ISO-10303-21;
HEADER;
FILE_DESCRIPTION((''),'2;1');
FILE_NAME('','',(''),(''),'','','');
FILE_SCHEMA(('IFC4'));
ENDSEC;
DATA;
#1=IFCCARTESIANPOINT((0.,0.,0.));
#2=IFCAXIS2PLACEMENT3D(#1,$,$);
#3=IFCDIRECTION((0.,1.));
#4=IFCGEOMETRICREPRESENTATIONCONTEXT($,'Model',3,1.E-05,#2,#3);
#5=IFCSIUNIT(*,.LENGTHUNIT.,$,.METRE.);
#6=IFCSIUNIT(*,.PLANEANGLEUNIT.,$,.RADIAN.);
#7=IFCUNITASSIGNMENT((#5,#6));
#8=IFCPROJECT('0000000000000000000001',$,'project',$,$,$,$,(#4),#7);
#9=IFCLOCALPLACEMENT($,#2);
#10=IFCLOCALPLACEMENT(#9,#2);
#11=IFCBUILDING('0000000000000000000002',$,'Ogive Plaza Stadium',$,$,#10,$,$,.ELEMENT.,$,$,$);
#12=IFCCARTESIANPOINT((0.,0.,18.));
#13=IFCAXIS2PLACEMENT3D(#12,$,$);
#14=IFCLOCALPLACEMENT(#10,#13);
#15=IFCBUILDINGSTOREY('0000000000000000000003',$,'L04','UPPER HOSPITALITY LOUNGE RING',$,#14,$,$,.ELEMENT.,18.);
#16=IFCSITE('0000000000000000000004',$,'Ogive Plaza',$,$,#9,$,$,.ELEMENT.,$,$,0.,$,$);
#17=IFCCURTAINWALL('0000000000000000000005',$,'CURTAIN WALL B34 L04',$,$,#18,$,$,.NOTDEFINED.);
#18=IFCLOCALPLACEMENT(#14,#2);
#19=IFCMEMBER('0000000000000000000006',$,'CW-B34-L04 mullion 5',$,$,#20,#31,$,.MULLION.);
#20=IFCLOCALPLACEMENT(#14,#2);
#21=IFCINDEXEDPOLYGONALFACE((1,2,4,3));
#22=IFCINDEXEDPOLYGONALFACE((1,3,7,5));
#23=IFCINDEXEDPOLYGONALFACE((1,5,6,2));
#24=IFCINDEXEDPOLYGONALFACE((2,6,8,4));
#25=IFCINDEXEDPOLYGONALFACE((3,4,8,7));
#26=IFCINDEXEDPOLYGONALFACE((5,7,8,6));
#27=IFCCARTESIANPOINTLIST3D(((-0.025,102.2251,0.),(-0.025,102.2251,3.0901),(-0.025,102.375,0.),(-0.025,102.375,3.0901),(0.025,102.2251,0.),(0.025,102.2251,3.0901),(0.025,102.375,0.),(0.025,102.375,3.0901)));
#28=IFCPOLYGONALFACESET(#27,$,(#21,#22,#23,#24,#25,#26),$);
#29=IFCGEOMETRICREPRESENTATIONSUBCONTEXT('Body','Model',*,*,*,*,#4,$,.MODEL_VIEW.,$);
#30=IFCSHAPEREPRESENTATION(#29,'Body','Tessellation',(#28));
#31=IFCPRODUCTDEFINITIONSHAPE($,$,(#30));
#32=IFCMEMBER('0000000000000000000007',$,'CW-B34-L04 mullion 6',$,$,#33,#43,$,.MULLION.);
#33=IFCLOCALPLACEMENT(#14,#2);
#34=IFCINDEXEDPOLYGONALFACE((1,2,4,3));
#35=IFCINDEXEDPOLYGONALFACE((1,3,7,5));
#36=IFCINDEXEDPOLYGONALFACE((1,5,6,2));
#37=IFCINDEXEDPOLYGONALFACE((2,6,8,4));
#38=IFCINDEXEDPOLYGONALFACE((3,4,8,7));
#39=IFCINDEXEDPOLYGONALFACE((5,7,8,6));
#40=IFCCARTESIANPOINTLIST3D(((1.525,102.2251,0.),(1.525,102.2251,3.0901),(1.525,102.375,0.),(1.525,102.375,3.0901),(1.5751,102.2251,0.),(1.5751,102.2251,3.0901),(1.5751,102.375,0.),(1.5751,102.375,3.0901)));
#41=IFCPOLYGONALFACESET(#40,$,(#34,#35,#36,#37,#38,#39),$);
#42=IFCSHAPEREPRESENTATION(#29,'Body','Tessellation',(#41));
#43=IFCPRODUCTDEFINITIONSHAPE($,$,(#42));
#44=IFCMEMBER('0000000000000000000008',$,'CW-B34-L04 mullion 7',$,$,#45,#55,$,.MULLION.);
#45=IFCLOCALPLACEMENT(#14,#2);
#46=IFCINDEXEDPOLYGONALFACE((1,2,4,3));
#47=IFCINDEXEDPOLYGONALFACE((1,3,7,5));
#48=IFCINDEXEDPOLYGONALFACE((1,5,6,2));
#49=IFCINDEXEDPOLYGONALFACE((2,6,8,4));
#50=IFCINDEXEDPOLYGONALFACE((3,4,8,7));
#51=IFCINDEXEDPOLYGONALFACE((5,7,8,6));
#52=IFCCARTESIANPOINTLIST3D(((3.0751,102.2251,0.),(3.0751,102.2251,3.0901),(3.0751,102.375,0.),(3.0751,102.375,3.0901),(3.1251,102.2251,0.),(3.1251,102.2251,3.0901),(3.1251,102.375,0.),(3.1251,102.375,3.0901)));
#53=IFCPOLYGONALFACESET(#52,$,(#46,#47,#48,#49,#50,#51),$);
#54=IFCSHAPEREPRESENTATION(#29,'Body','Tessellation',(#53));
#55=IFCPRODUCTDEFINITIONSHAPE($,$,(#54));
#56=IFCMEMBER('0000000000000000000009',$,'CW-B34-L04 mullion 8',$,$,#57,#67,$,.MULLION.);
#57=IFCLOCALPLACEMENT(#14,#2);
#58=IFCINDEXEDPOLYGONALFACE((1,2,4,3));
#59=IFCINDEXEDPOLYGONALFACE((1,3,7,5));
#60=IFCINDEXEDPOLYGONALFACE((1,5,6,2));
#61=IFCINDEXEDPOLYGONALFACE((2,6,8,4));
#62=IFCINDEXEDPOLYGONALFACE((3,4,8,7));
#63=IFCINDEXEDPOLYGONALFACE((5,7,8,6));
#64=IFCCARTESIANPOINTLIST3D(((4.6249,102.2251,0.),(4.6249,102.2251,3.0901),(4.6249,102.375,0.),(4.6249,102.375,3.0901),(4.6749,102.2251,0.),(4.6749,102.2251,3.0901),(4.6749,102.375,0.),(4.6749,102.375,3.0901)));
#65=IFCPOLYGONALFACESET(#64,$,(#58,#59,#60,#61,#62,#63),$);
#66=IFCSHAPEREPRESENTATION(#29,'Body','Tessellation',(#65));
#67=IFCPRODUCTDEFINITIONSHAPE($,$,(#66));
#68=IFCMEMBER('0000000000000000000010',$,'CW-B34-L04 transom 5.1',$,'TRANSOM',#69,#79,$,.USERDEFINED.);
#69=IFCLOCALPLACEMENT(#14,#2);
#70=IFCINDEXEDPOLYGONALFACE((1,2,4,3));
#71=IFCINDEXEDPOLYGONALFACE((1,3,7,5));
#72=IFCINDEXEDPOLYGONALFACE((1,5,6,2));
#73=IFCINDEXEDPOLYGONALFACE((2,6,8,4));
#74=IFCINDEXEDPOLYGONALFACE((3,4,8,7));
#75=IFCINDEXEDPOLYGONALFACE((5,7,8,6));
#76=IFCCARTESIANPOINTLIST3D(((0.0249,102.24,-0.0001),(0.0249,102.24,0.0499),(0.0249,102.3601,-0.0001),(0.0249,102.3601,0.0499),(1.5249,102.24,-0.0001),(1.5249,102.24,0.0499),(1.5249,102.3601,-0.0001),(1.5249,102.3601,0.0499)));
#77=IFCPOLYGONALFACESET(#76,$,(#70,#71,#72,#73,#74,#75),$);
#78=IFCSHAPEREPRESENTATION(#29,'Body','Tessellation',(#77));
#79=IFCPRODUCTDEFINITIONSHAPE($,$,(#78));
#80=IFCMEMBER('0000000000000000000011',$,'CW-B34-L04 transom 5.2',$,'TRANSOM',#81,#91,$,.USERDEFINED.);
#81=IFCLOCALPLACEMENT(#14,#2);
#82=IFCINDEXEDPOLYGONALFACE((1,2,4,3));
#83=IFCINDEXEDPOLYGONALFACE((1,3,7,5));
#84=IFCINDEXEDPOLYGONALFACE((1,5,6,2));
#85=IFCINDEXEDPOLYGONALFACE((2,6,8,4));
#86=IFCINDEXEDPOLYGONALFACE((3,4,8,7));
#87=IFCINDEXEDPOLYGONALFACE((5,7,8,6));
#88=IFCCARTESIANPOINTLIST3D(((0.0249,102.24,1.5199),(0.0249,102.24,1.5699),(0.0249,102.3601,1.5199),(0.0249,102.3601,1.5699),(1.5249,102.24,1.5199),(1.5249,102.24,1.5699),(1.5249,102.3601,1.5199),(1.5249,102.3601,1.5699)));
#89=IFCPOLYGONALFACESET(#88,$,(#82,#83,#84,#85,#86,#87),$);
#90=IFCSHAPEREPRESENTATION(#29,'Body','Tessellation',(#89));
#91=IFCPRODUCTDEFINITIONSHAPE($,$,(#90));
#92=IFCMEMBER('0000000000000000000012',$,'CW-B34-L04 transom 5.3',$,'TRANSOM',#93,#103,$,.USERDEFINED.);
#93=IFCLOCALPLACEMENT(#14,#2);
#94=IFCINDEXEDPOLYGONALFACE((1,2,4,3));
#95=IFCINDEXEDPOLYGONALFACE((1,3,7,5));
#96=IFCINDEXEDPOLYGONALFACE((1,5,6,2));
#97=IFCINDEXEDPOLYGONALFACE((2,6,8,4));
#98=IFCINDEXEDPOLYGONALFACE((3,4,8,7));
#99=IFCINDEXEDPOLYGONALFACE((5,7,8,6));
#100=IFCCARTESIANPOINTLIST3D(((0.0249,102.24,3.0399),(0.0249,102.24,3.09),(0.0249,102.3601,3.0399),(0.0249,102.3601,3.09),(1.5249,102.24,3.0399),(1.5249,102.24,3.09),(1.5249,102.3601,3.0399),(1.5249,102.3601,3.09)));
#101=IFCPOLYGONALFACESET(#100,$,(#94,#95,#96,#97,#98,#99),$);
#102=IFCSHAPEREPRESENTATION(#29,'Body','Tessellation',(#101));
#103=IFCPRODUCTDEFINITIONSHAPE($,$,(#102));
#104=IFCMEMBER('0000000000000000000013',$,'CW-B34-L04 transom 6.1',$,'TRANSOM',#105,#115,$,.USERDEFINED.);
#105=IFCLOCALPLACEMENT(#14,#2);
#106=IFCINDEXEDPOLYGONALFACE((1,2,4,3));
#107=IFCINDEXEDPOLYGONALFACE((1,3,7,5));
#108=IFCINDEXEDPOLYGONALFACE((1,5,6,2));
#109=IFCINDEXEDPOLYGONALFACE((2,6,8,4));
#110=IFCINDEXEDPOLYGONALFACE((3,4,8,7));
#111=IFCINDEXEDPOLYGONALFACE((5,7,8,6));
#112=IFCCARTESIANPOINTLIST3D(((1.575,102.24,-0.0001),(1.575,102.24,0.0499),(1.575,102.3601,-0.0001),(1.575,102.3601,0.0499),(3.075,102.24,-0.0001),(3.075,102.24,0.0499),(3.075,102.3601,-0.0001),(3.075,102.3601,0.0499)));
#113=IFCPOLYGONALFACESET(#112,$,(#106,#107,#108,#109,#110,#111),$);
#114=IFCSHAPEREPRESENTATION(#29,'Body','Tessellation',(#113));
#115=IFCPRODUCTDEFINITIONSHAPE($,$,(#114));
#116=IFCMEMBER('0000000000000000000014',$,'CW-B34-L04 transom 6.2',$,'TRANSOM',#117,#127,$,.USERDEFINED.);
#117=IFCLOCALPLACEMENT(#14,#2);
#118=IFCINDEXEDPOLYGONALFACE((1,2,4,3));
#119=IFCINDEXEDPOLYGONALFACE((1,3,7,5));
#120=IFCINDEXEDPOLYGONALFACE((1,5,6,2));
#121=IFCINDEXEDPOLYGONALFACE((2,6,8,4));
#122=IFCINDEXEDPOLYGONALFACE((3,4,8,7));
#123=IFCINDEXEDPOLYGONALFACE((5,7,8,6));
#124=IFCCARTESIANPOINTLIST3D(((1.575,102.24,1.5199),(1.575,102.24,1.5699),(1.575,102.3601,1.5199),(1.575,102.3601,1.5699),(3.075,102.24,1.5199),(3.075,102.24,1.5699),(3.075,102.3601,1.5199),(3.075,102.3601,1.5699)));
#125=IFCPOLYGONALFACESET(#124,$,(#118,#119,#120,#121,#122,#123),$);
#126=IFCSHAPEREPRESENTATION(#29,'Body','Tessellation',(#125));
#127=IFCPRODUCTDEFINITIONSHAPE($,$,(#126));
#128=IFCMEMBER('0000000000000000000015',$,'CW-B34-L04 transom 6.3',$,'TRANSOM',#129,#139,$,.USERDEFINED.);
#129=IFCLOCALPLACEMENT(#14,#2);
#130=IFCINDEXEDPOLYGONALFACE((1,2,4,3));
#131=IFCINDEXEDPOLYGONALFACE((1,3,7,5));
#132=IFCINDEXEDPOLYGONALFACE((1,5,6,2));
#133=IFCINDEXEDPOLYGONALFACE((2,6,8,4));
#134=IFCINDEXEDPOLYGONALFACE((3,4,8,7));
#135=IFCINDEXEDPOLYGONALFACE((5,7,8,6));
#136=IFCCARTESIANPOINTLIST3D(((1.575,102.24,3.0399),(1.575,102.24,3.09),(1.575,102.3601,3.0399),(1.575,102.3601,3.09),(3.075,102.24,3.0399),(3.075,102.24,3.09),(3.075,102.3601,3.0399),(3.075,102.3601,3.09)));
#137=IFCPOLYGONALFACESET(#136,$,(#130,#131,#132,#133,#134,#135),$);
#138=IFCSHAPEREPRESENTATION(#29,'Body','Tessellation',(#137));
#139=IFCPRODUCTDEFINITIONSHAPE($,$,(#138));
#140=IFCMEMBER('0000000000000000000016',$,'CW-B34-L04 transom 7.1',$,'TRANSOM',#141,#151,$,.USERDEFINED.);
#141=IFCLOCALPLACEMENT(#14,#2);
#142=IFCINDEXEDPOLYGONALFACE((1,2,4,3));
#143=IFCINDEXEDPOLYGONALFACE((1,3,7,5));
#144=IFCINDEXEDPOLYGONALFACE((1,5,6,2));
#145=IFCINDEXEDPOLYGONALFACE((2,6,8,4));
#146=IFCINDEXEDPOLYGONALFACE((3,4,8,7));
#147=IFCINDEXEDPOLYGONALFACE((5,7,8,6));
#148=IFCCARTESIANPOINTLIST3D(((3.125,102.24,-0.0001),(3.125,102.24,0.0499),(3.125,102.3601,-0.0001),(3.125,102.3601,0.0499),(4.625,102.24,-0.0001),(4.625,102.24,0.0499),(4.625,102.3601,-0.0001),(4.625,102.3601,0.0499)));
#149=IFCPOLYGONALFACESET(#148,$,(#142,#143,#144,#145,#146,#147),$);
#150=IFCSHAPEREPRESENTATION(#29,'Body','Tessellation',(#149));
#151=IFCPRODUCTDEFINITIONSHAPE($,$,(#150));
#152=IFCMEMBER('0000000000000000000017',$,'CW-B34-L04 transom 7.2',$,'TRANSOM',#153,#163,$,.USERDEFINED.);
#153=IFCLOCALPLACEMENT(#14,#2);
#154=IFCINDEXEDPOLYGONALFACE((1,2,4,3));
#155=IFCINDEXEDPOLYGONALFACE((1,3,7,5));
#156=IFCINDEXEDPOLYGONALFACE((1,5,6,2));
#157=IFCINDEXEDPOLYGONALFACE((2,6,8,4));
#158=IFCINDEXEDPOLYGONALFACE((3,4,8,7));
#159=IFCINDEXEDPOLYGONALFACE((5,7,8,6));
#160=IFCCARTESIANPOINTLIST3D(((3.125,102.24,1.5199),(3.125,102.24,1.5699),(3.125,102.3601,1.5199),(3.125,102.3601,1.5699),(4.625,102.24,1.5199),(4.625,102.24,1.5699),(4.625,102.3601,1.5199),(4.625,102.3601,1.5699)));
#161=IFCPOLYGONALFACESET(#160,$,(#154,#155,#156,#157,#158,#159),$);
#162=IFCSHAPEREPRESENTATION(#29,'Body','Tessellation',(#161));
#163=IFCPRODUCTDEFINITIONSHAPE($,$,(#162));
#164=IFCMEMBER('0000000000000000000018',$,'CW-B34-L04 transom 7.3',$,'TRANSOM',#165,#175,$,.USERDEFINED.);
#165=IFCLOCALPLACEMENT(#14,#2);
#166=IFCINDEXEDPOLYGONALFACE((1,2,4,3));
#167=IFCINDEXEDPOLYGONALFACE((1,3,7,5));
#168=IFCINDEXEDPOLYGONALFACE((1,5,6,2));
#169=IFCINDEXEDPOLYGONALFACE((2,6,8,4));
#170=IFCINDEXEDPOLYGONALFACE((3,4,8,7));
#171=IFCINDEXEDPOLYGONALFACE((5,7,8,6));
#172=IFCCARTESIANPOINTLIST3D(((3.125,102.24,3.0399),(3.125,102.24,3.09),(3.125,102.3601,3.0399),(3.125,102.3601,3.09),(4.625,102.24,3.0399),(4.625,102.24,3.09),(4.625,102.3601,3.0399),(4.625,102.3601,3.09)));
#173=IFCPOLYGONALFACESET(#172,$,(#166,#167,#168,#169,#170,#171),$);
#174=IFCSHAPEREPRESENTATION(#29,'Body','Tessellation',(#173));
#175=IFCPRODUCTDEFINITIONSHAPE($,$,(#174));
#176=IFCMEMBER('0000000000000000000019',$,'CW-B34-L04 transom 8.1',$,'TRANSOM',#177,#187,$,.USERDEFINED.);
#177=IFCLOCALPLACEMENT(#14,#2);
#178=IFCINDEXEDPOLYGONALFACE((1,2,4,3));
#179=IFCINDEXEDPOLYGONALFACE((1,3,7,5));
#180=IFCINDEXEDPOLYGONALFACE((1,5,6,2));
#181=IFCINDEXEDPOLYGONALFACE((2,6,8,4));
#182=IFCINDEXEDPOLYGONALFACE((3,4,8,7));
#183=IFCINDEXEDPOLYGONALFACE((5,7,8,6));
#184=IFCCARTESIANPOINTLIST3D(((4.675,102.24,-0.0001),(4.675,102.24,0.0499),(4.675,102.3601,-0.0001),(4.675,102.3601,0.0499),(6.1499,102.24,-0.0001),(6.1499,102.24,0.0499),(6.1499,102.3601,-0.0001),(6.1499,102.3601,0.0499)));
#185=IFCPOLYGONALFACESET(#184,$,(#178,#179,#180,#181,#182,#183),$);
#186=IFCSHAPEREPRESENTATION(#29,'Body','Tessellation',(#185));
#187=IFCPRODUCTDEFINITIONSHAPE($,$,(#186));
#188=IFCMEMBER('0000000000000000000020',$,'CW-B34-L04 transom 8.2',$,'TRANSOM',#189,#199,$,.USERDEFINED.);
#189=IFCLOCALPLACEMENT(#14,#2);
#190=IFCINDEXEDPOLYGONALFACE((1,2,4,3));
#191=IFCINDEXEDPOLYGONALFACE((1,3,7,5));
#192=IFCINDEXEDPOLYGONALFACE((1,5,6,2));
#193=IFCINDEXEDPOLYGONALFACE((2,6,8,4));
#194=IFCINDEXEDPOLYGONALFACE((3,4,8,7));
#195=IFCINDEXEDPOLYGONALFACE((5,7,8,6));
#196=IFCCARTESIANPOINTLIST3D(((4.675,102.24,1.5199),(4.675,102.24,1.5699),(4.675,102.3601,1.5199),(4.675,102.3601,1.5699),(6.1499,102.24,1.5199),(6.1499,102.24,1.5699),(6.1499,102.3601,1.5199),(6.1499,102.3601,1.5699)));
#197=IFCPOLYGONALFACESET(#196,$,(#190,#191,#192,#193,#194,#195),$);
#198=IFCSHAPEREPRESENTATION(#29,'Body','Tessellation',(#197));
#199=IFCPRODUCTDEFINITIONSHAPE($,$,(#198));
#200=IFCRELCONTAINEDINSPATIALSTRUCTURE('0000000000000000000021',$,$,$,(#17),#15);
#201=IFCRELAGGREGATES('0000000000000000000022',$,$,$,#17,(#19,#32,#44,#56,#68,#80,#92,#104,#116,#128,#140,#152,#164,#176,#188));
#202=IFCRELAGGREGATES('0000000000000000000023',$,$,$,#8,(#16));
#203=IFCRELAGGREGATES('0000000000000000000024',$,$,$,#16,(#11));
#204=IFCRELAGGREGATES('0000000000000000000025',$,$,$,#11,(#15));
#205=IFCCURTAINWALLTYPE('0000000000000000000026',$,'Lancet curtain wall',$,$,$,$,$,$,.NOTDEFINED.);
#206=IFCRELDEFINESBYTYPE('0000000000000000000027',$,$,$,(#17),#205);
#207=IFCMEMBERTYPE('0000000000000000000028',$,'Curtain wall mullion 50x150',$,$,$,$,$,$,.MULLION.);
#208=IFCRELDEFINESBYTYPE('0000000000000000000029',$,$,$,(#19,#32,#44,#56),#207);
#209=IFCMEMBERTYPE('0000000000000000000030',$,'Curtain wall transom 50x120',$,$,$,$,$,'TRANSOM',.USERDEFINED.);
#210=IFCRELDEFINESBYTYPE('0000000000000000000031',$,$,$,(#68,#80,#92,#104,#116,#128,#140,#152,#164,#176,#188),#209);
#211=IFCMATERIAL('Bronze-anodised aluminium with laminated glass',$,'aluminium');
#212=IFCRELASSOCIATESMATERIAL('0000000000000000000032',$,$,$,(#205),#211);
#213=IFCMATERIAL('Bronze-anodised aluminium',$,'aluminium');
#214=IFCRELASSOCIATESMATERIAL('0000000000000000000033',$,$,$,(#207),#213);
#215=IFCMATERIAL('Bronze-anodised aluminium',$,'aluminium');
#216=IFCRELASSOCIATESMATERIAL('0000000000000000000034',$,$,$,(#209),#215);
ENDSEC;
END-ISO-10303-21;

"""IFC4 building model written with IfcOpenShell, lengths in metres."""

from ifc_helpers import new_model, si_unit, direction, frame, origin, origin_2d, place, context, subcontext, project, spatial, rectangle, extrude, material, material_profile, profile_set, type_object, element, aggregate, save


model = new_model("IFC4")

# Units and contexts
model_context = context("Model", 3, precision=1e-05, world=origin(), true_north=direction((0.0, 1.0)))
body_context = subcontext(model_context, "Body", "Model", "MODEL_VIEW")
ifc_project = project(units=[si_unit("LENGTHUNIT", "METRE"), si_unit("PLANEANGLEUNIT", "RADIAN")], contexts=[model_context])

# Site, building, storey
site_placement = place(None, origin())
site = spatial("IfcSite", under=ifc_project, at=site_placement, Name="Ogive Plaza", CompositionType="ELEMENT", RefElevation=0.0)
building_placement = place(site_placement, origin())
building = spatial("IfcBuilding", under=site, at=building_placement, Name="Ogive Plaza Stadium", CompositionType="ELEMENT")
storey_placement = place(building_placement, frame((0.0, 0.0, 18.0)))
storey = spatial("IfcBuildingStorey", under=building, at=storey_placement, Name="L04", Description="UPPER HOSPITALITY LOUNGE RING", CompositionType="ELEMENT", Elevation=18.0)

# Curtain wall, members
ifc_material_1 = material(Name="Bronze-anodised aluminium with laminated glass", Category="aluminium")
curtain_wall_type = type_object("IfcCurtainWallType", Name="Lancet curtain wall", PredefinedType="NOTDEFINED", material=ifc_material_1)
curtain_wall_placement = place(storey_placement, origin())
curtain_wall = element("IfcCurtainWall", 1, at=curtain_wall_placement, inside=storey, type_object=curtain_wall_type, Name="CURTAIN WALL B34 L04", PredefinedType="NOTDEFINED")
ifc_material_2 = material(Name="Bronze-anodised aluminium", Category="aluminium")
ifc_material_profile_1 = material_profile(ifc_material_2, rectangle(XDim=0.1499, YDim=0.05, at=origin_2d()), Name="AL 150x50")
ifc_profile_set_1 = profile_set([ifc_material_profile_1], Name="Bronze-anodised aluminium")
member_type_1 = type_object("IfcMemberType", Name="Curtain wall mullion 50x150", PredefinedType="MULLION", material=ifc_profile_set_1)
member_1_placement = place(storey_placement, frame((0.0, 102.3, 0.0), z_axis=(0.0, 0.0, 1.0), x_axis=(0.0, 1.0, 0.0)))
member_1 = element("IfcMember", 2, at=member_1_placement, type_object=member_type_1, Name="CW-B34-L04 mullion 5", PredefinedType="MULLION", context=body_context, shape_type="SweptSolid", body=[
    extrude(rectangle(XDim=0.1499, YDim=0.05, at=origin_2d()), origin(), (0.0, 0.0, 1.0), 3.0901),
])
member_2_placement = place(storey_placement, frame((1.55, 102.3, 0.0), z_axis=(0.0, 0.0, 1.0), x_axis=(0.0, 1.0, 0.0)))
member_2 = element("IfcMember", 3, at=member_2_placement, type_object=member_type_1, Name="CW-B34-L04 mullion 6", PredefinedType="MULLION", context=body_context, shape_type="SweptSolid", body=[
    extrude(rectangle(XDim=0.1499, YDim=0.05, at=origin_2d()), origin(), (0.0, 0.0, 1.0), 3.0901),
])
member_3_placement = place(storey_placement, frame((3.1001, 102.3, 0.0), z_axis=(0.0, 0.0, 1.0), x_axis=(0.0, 1.0, 0.0)))
member_3 = element("IfcMember", 4, at=member_3_placement, type_object=member_type_1, Name="CW-B34-L04 mullion 7", PredefinedType="MULLION", context=body_context, shape_type="SweptSolid", body=[
    extrude(rectangle(XDim=0.1499, YDim=0.05, at=origin_2d()), origin(), (0.0, 0.0, 1.0), 3.0901),
])
member_4_placement = place(storey_placement, frame((4.6499, 102.3, 0.0), z_axis=(0.0, 0.0, 1.0), x_axis=(0.0, 1.0, 0.0)))
member_4 = element("IfcMember", 5, at=member_4_placement, type_object=member_type_1, Name="CW-B34-L04 mullion 8", PredefinedType="MULLION", context=body_context, shape_type="SweptSolid", body=[
    extrude(rectangle(XDim=0.1499, YDim=0.05, at=origin_2d()), origin(), (0.0, 0.0, 1.0), 3.0901),
])
ifc_material_3 = material(Name="Bronze-anodised aluminium", Category="aluminium")
ifc_material_profile_2 = material_profile(ifc_material_3, rectangle(XDim=0.1201, YDim=0.05, at=origin_2d()), Name="AL 120x50")
ifc_profile_set_2 = profile_set([ifc_material_profile_2], Name="Bronze-anodised aluminium")
member_type_2 = type_object("IfcMemberType", Name="Curtain wall transom 50x120", ElementType="TRANSOM", PredefinedType="USERDEFINED", material=ifc_profile_set_2)
member_5_placement = place(storey_placement, frame((0.0249, 102.3, 0.0249), z_axis=(1.0, 0.0, 0.0), x_axis=(0.0, 1.0, 0.0)))
member_5 = element("IfcMember", 6, at=member_5_placement, type_object=member_type_2, Name="CW-B34-L04 transom 5.1", ObjectType="TRANSOM", PredefinedType="USERDEFINED", context=body_context, shape_type="SweptSolid", body=[
    extrude(rectangle(XDim=0.1201, YDim=0.05, at=origin_2d()), origin(), (0.0, 0.0, 1.0), 1.5),
])
member_6_placement = place(storey_placement, frame((0.0249, 102.3, 1.5449), z_axis=(1.0, 0.0, 0.0), x_axis=(0.0, 1.0, 0.0)))
member_6 = element("IfcMember", 7, at=member_6_placement, type_object=member_type_2, Name="CW-B34-L04 transom 5.2", ObjectType="TRANSOM", PredefinedType="USERDEFINED", context=body_context, shape_type="SweptSolid", body=[
    extrude(rectangle(XDim=0.1201, YDim=0.05, at=origin_2d()), origin(), (0.0, 0.0, 1.0), 1.5),
])
member_7_placement = place(storey_placement, frame((0.0249, 102.3, 3.0649), z_axis=(1.0, 0.0, 0.0), x_axis=(0.0, 1.0, 0.0)))
member_7 = element("IfcMember", 8, at=member_7_placement, type_object=member_type_2, Name="CW-B34-L04 transom 5.3", ObjectType="TRANSOM", PredefinedType="USERDEFINED", context=body_context, shape_type="SweptSolid", body=[
    extrude(rectangle(XDim=0.1201, YDim=0.05, at=origin_2d()), origin(), (0.0, 0.0, 1.0), 1.5),
])
member_8_placement = place(storey_placement, frame((1.575, 102.3, 0.0249), z_axis=(1.0, 0.0, 0.0), x_axis=(0.0, 1.0, 0.0)))
member_8 = element("IfcMember", 9, at=member_8_placement, type_object=member_type_2, Name="CW-B34-L04 transom 6.1", ObjectType="TRANSOM", PredefinedType="USERDEFINED", context=body_context, shape_type="SweptSolid", body=[
    extrude(rectangle(XDim=0.1201, YDim=0.05, at=origin_2d()), origin(), (0.0, 0.0, 1.0), 1.5),
])
member_9_placement = place(storey_placement, frame((1.575, 102.3, 1.5449), z_axis=(1.0, 0.0, 0.0), x_axis=(0.0, 1.0, 0.0)))
member_9 = element("IfcMember", 10, at=member_9_placement, type_object=member_type_2, Name="CW-B34-L04 transom 6.2", ObjectType="TRANSOM", PredefinedType="USERDEFINED", context=body_context, shape_type="SweptSolid", body=[
    extrude(rectangle(XDim=0.1201, YDim=0.05, at=origin_2d()), origin(), (0.0, 0.0, 1.0), 1.5),
])
member_10_placement = place(storey_placement, frame((1.575, 102.3, 3.0649), z_axis=(1.0, 0.0, 0.0), x_axis=(0.0, 1.0, 0.0)))
member_10 = element("IfcMember", 11, at=member_10_placement, type_object=member_type_2, Name="CW-B34-L04 transom 6.3", ObjectType="TRANSOM", PredefinedType="USERDEFINED", context=body_context, shape_type="SweptSolid", body=[
    extrude(rectangle(XDim=0.1201, YDim=0.05, at=origin_2d()), origin(), (0.0, 0.0, 1.0), 1.5),
])
member_11_placement = place(storey_placement, frame((3.125, 102.3, 0.0249), z_axis=(1.0, 0.0, 0.0), x_axis=(0.0, 1.0, 0.0)))
member_11 = element("IfcMember", 12, at=member_11_placement, type_object=member_type_2, Name="CW-B34-L04 transom 7.1", ObjectType="TRANSOM", PredefinedType="USERDEFINED", context=body_context, shape_type="SweptSolid", body=[
    extrude(rectangle(XDim=0.1201, YDim=0.05, at=origin_2d()), origin(), (0.0, 0.0, 1.0), 1.5),
])
member_12_placement = place(storey_placement, frame((3.125, 102.3, 1.5449), z_axis=(1.0, 0.0, 0.0), x_axis=(0.0, 1.0, 0.0)))
member_12 = element("IfcMember", 13, at=member_12_placement, type_object=member_type_2, Name="CW-B34-L04 transom 7.2", ObjectType="TRANSOM", PredefinedType="USERDEFINED", context=body_context, shape_type="SweptSolid", body=[
    extrude(rectangle(XDim=0.1201, YDim=0.05, at=origin_2d()), origin(), (0.0, 0.0, 1.0), 1.5),
])
member_13_placement = place(storey_placement, frame((3.125, 102.3, 3.0649), z_axis=(1.0, 0.0, 0.0), x_axis=(0.0, 1.0, 0.0)))
member_13 = element("IfcMember", 14, at=member_13_placement, type_object=member_type_2, Name="CW-B34-L04 transom 7.3", ObjectType="TRANSOM", PredefinedType="USERDEFINED", context=body_context, shape_type="SweptSolid", body=[
    extrude(rectangle(XDim=0.1201, YDim=0.05, at=origin_2d()), origin(), (0.0, 0.0, 1.0), 1.5),
])
member_14_placement = place(storey_placement, frame((4.675, 102.3, 0.0249), z_axis=(1.0, 0.0, 0.0), x_axis=(0.0, 1.0, 0.0)))
member_14 = element("IfcMember", 15, at=member_14_placement, type_object=member_type_2, Name="CW-B34-L04 transom 8.1", ObjectType="TRANSOM", PredefinedType="USERDEFINED", context=body_context, shape_type="SweptSolid", body=[
    extrude(rectangle(XDim=0.1201, YDim=0.05, at=origin_2d()), origin(), (0.0, 0.0, 1.0), 1.4749),
])
member_15_placement = place(storey_placement, frame((4.675, 102.3, 1.5449), z_axis=(1.0, 0.0, 0.0), x_axis=(0.0, 1.0, 0.0)))
member_15 = element("IfcMember", 16, at=member_15_placement, type_object=member_type_2, Name="CW-B34-L04 transom 8.2", ObjectType="TRANSOM", PredefinedType="USERDEFINED", context=body_context, shape_type="SweptSolid", body=[
    extrude(rectangle(XDim=0.1201, YDim=0.05, at=origin_2d()), origin(), (0.0, 0.0, 1.0), 1.4749),
])
aggregate(curtain_wall, [member_1, member_2, member_3, member_4, member_5, member_6, member_7, member_8, member_9, member_10, member_11, member_12, member_13, member_14, member_15])

save(model, "model.ifc")
